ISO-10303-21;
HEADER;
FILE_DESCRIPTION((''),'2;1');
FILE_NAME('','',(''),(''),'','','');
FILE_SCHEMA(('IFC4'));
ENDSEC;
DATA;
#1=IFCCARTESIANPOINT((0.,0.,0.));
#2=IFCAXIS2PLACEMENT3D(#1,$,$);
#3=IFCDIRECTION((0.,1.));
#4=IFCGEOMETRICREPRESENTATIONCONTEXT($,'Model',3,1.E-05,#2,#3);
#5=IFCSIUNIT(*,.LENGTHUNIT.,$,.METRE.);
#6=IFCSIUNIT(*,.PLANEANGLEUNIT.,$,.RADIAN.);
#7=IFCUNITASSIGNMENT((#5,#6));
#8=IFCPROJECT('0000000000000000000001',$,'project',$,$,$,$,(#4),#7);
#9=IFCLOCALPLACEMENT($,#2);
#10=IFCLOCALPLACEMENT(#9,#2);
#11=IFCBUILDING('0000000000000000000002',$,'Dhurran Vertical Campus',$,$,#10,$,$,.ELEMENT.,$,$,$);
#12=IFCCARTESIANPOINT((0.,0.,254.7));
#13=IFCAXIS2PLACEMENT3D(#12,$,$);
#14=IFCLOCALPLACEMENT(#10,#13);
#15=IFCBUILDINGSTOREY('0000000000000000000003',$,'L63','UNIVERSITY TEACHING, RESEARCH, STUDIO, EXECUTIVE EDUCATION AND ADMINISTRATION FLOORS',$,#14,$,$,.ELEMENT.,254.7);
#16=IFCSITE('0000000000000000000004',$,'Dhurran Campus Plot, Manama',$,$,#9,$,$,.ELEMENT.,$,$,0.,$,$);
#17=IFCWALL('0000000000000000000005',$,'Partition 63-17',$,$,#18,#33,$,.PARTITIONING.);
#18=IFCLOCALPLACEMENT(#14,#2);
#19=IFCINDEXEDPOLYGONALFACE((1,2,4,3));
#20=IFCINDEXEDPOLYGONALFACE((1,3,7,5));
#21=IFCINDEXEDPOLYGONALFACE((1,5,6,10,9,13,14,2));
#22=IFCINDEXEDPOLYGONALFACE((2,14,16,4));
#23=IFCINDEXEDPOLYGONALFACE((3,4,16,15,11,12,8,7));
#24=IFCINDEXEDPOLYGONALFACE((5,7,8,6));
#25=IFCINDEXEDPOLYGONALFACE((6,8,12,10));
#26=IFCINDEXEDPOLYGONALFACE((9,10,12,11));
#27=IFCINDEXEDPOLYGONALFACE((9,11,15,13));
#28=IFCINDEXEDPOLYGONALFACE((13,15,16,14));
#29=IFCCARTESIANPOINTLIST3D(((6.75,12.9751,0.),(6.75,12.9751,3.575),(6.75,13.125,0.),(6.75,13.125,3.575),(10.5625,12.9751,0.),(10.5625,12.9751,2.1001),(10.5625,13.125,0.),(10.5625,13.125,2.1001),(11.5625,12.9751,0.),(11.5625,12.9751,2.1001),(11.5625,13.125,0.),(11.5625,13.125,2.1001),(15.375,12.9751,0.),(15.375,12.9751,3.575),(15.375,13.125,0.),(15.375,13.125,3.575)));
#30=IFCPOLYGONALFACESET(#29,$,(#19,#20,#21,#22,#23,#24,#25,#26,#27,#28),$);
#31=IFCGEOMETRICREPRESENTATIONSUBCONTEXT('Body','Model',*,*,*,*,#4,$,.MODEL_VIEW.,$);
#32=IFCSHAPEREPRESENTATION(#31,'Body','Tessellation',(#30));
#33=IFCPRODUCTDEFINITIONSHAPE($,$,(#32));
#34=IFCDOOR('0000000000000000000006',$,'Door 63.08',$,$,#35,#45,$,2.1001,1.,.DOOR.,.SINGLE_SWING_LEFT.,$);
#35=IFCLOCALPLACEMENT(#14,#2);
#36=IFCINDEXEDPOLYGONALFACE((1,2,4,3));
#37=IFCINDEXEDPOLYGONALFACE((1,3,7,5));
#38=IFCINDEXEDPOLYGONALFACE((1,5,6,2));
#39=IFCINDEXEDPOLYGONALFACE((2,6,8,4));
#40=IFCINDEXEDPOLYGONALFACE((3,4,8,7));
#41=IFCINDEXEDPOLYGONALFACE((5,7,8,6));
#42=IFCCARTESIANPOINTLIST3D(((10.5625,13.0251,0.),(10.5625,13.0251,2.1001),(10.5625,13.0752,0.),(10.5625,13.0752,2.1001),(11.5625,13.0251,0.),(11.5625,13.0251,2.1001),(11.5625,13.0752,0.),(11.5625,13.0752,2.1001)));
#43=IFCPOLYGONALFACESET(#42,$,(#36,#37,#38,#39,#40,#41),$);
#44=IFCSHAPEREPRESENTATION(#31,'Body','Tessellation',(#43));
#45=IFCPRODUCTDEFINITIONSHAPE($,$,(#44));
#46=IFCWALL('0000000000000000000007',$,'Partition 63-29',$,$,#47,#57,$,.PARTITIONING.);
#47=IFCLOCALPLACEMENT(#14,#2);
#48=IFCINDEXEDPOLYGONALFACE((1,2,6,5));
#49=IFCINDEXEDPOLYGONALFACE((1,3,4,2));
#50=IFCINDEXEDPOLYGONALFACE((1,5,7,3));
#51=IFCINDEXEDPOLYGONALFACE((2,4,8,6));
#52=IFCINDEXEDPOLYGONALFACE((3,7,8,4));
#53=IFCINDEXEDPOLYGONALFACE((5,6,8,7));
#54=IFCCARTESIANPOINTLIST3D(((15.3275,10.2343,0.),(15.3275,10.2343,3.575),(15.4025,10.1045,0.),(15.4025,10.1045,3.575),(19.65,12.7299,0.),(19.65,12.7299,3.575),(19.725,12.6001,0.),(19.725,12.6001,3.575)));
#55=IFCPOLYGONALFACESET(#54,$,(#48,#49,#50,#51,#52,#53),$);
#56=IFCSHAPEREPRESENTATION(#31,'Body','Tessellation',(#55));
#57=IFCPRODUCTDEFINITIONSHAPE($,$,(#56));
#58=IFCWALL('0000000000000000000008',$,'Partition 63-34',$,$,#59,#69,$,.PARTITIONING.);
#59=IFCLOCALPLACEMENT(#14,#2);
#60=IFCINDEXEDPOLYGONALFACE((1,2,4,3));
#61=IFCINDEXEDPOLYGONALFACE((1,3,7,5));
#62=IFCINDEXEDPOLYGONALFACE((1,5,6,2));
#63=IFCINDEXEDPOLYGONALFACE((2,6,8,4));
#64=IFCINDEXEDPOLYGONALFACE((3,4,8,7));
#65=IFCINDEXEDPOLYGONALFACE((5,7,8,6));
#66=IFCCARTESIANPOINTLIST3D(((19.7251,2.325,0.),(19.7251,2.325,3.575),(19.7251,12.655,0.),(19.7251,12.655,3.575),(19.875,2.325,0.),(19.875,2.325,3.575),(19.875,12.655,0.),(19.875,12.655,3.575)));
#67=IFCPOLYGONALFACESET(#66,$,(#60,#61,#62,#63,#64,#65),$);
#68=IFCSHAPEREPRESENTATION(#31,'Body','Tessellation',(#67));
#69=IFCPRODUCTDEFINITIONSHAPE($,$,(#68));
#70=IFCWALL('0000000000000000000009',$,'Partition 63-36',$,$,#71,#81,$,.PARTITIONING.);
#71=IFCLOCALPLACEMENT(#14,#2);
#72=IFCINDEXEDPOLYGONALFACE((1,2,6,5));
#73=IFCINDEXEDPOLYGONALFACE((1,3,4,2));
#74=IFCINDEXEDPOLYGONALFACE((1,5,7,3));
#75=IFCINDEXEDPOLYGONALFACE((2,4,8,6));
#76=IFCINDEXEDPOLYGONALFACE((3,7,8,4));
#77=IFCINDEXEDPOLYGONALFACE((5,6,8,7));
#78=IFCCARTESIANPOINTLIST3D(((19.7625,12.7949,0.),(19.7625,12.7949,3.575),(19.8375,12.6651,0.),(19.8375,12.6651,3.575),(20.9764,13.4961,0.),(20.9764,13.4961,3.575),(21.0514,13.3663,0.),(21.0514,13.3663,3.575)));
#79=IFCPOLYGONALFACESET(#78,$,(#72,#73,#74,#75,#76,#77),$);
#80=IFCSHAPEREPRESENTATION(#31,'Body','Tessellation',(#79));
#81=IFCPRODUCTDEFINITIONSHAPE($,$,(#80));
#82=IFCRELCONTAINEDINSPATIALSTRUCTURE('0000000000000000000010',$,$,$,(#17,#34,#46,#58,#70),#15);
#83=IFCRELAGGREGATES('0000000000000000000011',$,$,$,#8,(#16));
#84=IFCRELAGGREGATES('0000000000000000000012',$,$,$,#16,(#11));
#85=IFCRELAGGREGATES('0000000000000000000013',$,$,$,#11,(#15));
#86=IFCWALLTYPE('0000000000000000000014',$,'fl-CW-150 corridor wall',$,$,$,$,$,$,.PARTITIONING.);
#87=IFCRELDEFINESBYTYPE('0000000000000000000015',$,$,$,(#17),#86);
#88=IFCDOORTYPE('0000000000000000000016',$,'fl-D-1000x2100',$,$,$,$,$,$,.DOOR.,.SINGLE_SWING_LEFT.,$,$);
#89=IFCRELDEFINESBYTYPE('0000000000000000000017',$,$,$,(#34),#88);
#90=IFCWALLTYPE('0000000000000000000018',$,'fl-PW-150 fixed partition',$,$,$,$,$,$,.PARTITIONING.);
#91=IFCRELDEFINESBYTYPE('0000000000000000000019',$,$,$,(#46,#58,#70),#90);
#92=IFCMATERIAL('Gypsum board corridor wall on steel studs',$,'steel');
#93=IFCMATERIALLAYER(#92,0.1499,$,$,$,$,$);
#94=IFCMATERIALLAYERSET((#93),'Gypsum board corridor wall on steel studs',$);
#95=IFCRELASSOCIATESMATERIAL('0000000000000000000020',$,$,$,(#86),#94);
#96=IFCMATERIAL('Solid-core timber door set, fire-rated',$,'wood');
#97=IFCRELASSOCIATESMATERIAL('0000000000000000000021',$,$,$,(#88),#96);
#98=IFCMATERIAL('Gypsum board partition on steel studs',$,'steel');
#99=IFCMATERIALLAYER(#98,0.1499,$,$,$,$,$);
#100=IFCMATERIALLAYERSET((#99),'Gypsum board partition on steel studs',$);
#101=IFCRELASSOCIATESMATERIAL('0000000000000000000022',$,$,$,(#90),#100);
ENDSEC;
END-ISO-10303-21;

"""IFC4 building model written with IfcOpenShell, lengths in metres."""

from ifc_helpers import new_model, si_unit, direction, frame, frame_2d, origin, place, context, subcontext, project, spatial, rectangle, extrude, material, layer, layer_set, type_object, element, fill, save


model = new_model("IFC4")

# Units and contexts
model_context = context("Model", 3, precision=1e-05, world=origin(), true_north=direction((0.0, 1.0)))
body_context = subcontext(model_context, "Body", "Model", "MODEL_VIEW")
ifc_project = project(units=[si_unit("LENGTHUNIT", "METRE"), si_unit("PLANEANGLEUNIT", "RADIAN")], contexts=[model_context])

# Site, building, storey
site_placement = place(None, origin())
site = spatial("IfcSite", under=ifc_project, at=site_placement, Name="Dhurran Campus Plot, Manama", CompositionType="ELEMENT", RefElevation=0.0)
building_placement = place(site_placement, origin())
building = spatial("IfcBuilding", under=site, at=building_placement, Name="Dhurran Vertical Campus", CompositionType="ELEMENT")
storey_placement = place(building_placement, frame((0.0, 0.0, 254.7)))
storey = spatial("IfcBuildingStorey", under=building, at=storey_placement, Name="L63", Description="UNIVERSITY TEACHING, RESEARCH, STUDIO, EXECUTIVE EDUCATION AND ADMINISTRATION FLOORS", CompositionType="ELEMENT", Elevation=254.7)

# Wall, opening, door
ifc_material_1 = material(Name="Gypsum board corridor wall on steel studs", Category="steel")
ifc_layer_1 = layer(ifc_material_1, 0.1499)
ifc_layer_set_1 = layer_set([ifc_layer_1], Name="Gypsum board corridor wall on steel studs")
wall_type_1 = type_object("IfcWallType", Name="fl-CW-150 corridor wall", PredefinedType="PARTITIONING", material=ifc_layer_set_1)
wall_1_placement = place(storey_placement, frame((15.375, 13.05, 0.0), z_axis=(0.0, 0.0, 1.0), x_axis=(-1.0, 0.0, 0.0)))
wall_1 = element("IfcWall", 1, at=wall_1_placement, inside=storey, type_object=wall_type_1, Name="Partition 63-17", PredefinedType="PARTITIONING", context=body_context, shape_type="SweptSolid", body=[
    extrude(rectangle(XDim=8.625, YDim=0.1499, at=frame_2d((4.3125, 0.0))), origin(), (0.0, 0.0, 1.0), 3.575),
])
opening_1_placement = place(wall_1_placement, frame((3.8125, 0.0, 0.0)))
opening_1 = element("IfcOpeningElement", 2, at=opening_1_placement, cuts=wall_1, PredefinedType="OPENING", context=body_context, shape_type="SweptSolid", body=[
    extrude(rectangle(XDim=1.0, YDim=2.1001, at=frame_2d((0.5, 1.05))), frame((0.0, 0.085, 0.0), z_axis=(0.0, -1.0, 0.0), x_axis=(1.0, 0.0, 0.0)), (0.0, 0.0, 1.0), 0.1699),
])
ifc_material_2 = material(Name="Solid-core timber door set, fire-rated", Category="wood")
door_type = type_object("IfcDoorType", Name="fl-D-1000x2100", OperationType="SINGLE_SWING_LEFT", PredefinedType="DOOR", material=ifc_material_2)
door_placement = place(opening_1_placement, origin())
door = element("IfcDoor", 3, at=door_placement, inside=storey, type_object=door_type, Name="Door 63.08", OperationType="SINGLE_SWING_LEFT", OverallHeight=2.1001, OverallWidth=1.0, PredefinedType="DOOR", context=body_context, shape_type="SweptSolid", body=[
    extrude(rectangle(XDim=1.0, YDim=2.1001, at=frame_2d((0.5, 1.05))), frame((0.0, 0.0249, 0.0), z_axis=(0.0, -1.0, 0.0), x_axis=(1.0, 0.0, 0.0)), (0.0, 0.0, 1.0), 0.05),
])
fill(opening_1, door)

# Walls
ifc_material_3 = material(Name="Gypsum board partition on steel studs", Category="steel")
ifc_layer_2 = layer(ifc_material_3, 0.1499)
ifc_layer_set_2 = layer_set([ifc_layer_2], Name="Gypsum board partition on steel studs")
wall_type_2 = type_object("IfcWallType", Name="fl-PW-150 fixed partition", PredefinedType="PARTITIONING", material=ifc_layer_set_2)
wall_2_placement = place(storey_placement, frame((19.6875, 12.665, 0.0), z_axis=(0.0, 0.0, 1.0), x_axis=(-0.866025, -0.5, 0.0)))
element("IfcWall", 4, at=wall_2_placement, inside=storey, type_object=wall_type_2, Name="Partition 63-29", PredefinedType="PARTITIONING", context=body_context, shape_type="SweptSolid", body=[
    extrude(rectangle(XDim=4.9912, YDim=0.1499, at=frame_2d((2.4956, 0.0))), origin(), (0.0, 0.0, 1.0), 3.575),
])
wall_3_placement = place(storey_placement, frame((19.8, 12.655, 0.0), z_axis=(0.0, 0.0, 1.0), x_axis=(0.0, -1.0, 0.0)))
element("IfcWall", 5, at=wall_3_placement, inside=storey, type_object=wall_type_2, Name="Partition 63-34", PredefinedType="PARTITIONING", context=body_context, shape_type="SweptSolid", body=[
    extrude(rectangle(XDim=10.3301, YDim=0.1499, at=frame_2d((5.165, 0.0))), origin(), (0.0, 0.0, 1.0), 3.575),
])
wall_4_placement = place(storey_placement, frame((21.0139, 13.4312, 0.0), z_axis=(0.0, 0.0, 1.0), x_axis=(-0.865919, -0.500185, 0.0)))
element("IfcWall", 6, at=wall_4_placement, inside=storey, type_object=wall_type_2, Name="Partition 63-36", PredefinedType="PARTITIONING", context=body_context, shape_type="SweptSolid", body=[
    extrude(rectangle(XDim=1.4019, YDim=0.1499, at=frame_2d((0.7009, 0.0))), origin(), (0.0, 0.0, 1.0), 3.575),
])

save(model, "model.ifc")
